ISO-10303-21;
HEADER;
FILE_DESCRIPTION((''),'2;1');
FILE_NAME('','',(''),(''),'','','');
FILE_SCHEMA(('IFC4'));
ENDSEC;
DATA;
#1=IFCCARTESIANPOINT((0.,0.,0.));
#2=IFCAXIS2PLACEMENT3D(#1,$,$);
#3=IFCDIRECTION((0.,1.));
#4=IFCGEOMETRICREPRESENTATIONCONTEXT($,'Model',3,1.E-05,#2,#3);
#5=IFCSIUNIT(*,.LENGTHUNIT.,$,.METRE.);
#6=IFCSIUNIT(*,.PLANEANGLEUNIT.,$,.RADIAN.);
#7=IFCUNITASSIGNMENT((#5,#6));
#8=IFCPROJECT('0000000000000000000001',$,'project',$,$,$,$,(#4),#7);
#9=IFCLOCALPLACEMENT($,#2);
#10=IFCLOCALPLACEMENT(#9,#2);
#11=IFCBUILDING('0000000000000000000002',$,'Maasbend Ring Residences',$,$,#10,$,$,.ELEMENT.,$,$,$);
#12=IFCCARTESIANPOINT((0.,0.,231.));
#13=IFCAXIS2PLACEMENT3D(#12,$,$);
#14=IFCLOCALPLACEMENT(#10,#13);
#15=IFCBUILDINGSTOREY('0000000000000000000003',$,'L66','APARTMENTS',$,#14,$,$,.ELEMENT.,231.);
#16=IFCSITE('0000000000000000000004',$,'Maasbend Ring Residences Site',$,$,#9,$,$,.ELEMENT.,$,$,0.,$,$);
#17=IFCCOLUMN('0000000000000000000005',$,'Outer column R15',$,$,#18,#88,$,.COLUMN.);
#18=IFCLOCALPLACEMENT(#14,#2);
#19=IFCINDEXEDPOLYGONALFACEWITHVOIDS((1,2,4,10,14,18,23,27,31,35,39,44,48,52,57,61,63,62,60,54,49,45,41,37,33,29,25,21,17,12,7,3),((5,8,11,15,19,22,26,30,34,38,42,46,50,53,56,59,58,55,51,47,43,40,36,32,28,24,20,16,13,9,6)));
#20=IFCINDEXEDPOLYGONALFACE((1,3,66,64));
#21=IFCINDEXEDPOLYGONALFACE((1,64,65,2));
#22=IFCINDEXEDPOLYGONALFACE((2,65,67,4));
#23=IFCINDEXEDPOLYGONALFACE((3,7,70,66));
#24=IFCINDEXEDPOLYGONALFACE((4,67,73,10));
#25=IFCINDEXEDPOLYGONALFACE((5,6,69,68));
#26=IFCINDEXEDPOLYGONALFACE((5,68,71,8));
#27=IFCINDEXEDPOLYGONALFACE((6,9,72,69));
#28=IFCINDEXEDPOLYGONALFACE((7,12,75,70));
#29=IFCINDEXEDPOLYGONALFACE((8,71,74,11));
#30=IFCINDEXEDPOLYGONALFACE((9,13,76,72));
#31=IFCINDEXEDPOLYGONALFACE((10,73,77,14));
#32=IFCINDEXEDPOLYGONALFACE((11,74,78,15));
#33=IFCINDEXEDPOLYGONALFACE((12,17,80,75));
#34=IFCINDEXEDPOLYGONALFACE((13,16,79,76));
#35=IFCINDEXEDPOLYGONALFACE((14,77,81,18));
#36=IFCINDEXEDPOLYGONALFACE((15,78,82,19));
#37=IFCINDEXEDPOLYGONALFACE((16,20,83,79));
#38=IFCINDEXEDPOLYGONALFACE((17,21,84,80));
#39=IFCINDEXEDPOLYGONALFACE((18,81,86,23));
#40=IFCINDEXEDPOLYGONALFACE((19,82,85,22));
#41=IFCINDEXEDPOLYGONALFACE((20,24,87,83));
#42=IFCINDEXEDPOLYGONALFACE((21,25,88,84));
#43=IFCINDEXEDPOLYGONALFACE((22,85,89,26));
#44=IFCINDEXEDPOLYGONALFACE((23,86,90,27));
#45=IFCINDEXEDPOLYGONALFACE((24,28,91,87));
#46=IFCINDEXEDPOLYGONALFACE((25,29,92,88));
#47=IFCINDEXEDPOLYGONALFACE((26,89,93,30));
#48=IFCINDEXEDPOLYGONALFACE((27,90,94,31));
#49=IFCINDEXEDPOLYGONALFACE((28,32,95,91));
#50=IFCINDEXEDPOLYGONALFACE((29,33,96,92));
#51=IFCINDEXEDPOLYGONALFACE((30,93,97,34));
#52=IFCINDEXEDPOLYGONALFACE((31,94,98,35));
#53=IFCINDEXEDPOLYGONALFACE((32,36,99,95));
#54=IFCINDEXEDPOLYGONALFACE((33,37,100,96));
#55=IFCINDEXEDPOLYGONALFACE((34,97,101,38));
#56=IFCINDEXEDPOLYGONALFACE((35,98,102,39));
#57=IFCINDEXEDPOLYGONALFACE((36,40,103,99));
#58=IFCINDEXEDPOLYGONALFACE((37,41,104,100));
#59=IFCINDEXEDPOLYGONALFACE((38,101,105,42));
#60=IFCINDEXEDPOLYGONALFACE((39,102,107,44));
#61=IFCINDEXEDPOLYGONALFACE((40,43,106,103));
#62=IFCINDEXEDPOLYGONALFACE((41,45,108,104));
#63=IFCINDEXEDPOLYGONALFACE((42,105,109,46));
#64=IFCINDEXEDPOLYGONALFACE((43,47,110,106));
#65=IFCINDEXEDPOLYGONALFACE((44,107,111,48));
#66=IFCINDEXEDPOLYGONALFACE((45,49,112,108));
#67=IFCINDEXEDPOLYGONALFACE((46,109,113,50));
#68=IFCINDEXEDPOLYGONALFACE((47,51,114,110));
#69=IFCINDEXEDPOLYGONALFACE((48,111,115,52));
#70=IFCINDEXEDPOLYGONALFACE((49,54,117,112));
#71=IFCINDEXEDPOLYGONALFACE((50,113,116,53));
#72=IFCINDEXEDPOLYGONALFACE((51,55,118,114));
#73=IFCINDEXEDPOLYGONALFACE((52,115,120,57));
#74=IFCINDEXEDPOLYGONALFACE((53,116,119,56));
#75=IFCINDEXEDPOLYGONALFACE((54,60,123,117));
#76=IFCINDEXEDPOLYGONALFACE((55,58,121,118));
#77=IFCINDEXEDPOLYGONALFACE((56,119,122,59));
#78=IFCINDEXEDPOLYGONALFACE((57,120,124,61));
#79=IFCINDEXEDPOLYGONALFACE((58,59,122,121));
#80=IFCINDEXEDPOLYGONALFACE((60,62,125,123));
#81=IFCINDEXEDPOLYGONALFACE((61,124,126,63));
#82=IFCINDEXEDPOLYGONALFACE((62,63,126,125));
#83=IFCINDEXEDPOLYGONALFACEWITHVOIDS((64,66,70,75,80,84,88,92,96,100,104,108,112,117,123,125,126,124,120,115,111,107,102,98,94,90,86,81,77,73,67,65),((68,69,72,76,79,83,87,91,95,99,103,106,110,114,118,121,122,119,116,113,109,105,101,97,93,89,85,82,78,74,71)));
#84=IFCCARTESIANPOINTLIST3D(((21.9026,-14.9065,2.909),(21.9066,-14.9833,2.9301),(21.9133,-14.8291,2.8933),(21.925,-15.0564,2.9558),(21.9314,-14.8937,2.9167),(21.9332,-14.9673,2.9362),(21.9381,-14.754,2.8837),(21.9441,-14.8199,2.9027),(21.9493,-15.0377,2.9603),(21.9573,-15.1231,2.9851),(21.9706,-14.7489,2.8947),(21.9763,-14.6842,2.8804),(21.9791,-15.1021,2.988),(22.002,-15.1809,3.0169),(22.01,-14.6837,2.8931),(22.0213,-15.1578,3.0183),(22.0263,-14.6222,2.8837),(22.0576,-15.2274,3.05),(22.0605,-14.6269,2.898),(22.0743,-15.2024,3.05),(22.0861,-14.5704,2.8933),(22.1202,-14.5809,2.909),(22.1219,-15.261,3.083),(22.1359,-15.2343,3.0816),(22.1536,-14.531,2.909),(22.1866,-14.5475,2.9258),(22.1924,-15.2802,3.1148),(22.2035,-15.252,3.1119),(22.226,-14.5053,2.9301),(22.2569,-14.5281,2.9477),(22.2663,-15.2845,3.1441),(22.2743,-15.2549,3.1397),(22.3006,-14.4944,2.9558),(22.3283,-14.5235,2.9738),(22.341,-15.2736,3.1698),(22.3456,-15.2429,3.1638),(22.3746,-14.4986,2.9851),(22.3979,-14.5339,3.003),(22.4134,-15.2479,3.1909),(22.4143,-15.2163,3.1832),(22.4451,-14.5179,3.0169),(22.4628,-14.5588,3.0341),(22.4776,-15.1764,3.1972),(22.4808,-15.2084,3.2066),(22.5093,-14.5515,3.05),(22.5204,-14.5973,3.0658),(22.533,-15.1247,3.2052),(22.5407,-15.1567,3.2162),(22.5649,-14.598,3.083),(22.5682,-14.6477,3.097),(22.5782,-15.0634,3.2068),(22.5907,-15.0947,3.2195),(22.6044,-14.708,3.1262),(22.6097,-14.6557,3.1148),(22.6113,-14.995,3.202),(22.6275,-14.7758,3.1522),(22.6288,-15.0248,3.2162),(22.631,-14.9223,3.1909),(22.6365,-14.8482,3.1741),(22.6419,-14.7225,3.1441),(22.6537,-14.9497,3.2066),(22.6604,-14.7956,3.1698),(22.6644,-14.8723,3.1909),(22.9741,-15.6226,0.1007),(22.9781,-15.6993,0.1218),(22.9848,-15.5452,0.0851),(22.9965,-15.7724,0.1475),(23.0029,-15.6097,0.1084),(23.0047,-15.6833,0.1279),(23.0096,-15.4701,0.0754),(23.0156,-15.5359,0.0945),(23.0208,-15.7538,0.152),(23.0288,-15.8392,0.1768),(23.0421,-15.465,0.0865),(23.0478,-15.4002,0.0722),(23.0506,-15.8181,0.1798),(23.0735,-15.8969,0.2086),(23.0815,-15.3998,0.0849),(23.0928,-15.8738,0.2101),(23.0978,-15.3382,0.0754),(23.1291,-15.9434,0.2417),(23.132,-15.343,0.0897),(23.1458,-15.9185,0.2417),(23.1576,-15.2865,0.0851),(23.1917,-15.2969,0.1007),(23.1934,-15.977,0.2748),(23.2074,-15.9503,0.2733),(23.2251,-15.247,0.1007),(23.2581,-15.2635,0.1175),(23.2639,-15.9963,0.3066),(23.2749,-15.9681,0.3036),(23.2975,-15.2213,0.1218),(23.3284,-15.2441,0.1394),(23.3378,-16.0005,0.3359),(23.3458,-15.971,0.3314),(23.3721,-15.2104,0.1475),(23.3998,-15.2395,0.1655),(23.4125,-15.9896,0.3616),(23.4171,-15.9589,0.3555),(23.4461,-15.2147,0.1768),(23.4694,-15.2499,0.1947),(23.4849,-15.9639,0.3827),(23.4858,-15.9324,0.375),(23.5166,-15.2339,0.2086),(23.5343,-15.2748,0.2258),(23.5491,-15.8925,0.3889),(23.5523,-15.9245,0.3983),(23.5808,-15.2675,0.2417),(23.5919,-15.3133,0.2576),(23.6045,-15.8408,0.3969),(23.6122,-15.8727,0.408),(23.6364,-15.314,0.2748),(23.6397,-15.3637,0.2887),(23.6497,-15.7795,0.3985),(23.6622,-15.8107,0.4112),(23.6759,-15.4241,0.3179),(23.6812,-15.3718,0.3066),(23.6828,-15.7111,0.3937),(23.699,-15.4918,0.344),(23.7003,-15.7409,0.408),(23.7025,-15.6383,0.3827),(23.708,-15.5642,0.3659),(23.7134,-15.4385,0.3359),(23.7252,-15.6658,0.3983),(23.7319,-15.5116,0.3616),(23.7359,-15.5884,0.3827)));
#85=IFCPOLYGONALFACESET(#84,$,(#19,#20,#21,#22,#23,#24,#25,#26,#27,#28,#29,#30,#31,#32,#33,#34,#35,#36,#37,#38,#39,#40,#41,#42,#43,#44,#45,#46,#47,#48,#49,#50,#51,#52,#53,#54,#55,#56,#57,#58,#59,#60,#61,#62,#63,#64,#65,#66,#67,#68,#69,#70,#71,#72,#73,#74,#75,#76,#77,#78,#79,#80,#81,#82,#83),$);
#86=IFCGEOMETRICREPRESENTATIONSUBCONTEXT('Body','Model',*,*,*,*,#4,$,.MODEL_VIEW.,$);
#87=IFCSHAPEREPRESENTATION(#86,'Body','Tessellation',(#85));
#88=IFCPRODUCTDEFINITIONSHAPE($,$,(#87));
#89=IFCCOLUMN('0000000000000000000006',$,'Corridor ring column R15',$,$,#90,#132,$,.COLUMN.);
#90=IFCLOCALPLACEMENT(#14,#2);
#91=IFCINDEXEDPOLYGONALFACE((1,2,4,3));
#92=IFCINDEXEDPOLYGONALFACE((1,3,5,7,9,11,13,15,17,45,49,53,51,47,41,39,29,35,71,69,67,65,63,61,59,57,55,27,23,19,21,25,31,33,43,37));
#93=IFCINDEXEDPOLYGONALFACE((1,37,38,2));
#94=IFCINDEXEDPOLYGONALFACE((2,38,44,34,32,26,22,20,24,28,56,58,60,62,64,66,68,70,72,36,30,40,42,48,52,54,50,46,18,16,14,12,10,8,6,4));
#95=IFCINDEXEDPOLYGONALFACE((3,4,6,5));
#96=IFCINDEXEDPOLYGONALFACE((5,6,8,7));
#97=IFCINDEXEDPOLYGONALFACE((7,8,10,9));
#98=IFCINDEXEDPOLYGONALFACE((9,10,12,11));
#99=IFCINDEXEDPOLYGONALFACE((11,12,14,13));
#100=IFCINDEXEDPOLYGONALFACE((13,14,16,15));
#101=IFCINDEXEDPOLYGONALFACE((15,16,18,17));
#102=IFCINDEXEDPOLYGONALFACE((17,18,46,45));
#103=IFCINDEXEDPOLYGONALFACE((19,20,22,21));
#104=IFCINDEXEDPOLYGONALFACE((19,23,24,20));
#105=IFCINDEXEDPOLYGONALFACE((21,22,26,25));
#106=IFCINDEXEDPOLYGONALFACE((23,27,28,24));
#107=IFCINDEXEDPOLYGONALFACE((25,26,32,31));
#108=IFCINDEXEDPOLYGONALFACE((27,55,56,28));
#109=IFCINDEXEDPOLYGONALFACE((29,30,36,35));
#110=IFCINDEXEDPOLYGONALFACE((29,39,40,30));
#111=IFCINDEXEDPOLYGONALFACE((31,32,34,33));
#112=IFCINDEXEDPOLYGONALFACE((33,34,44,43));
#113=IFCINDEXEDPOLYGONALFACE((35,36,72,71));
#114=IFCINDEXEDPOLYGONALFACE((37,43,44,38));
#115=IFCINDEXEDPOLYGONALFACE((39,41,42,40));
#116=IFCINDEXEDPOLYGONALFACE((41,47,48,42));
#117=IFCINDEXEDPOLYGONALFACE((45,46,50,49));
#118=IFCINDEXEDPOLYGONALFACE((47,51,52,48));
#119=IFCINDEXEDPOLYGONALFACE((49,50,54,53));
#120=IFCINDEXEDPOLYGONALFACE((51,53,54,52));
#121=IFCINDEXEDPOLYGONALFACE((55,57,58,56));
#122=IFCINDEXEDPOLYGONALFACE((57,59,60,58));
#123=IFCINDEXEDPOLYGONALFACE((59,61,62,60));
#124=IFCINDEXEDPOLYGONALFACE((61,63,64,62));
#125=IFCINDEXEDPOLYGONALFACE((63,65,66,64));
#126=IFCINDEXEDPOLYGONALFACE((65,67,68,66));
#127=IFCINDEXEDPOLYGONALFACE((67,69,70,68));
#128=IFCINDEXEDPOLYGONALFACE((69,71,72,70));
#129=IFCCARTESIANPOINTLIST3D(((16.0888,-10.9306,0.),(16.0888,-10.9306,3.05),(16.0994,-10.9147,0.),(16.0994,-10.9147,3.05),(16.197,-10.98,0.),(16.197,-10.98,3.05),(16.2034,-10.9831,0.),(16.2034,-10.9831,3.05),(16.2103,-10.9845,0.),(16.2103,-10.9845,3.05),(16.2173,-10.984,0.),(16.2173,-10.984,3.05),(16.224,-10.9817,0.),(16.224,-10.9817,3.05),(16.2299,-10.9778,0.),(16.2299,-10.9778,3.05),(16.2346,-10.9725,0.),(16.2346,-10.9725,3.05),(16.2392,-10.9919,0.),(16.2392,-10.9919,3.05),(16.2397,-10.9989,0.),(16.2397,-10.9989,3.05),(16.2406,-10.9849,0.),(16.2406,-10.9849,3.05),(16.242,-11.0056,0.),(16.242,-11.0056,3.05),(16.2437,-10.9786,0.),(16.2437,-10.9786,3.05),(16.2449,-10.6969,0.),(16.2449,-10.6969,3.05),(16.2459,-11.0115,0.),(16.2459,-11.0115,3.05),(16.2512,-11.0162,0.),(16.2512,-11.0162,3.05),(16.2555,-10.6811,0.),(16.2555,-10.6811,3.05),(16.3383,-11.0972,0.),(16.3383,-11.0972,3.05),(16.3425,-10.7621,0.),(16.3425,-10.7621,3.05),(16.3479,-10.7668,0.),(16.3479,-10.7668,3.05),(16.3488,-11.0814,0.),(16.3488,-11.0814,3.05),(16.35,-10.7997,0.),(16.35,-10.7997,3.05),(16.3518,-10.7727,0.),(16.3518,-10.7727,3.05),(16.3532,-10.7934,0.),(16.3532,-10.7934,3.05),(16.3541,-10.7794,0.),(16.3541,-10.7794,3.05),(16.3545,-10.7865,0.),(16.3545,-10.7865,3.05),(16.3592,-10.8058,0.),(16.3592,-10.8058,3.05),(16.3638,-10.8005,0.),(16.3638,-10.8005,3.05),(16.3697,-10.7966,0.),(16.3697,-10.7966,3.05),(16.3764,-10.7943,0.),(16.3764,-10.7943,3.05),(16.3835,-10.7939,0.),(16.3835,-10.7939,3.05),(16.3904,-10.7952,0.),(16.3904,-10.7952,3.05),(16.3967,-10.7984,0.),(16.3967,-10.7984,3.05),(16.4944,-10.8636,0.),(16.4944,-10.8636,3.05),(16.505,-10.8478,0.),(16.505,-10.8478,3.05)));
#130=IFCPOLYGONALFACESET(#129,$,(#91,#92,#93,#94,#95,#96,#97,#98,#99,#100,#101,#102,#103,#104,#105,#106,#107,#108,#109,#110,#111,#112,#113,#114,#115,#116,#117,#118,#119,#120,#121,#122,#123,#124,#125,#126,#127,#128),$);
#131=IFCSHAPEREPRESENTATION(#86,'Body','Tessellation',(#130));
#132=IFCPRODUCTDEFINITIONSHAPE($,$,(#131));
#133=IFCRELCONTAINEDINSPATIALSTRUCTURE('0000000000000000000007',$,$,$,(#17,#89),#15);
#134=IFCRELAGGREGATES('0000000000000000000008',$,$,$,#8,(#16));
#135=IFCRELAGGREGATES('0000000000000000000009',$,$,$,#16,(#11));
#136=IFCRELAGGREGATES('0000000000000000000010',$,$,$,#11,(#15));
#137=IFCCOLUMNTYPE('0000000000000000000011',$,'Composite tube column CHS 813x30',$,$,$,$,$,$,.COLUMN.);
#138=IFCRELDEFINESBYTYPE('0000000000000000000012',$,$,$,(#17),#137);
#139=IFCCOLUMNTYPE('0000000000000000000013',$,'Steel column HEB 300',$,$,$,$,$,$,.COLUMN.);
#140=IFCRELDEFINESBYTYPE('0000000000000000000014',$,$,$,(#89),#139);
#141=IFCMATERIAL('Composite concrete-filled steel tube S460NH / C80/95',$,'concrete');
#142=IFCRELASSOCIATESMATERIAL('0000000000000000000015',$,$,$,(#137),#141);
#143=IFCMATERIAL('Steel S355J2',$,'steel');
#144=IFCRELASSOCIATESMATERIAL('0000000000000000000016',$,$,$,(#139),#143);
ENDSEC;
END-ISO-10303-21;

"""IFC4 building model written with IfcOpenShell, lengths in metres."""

from ifc_helpers import new_model, si_unit, direction, frame, origin, origin_2d, place, context, subcontext, project, spatial, hollow_circle, i_section, extrude, material, material_profile, profile_set, type_object, element, save


model = new_model("IFC4")

# Units and contexts
model_context = context("Model", 3, precision=1e-05, world=origin(), true_north=direction((0.0, 1.0)))
body_context = subcontext(model_context, "Body", "Model", "MODEL_VIEW")
ifc_project = project(units=[si_unit("LENGTHUNIT", "METRE"), si_unit("PLANEANGLEUNIT", "RADIAN")], contexts=[model_context])

# Site, building, storey
site_placement = place(None, origin())
site = spatial("IfcSite", under=ifc_project, at=site_placement, Name="Maasbend Ring Residences Site", CompositionType="ELEMENT", RefElevation=0.0)
building_placement = place(site_placement, origin())
building = spatial("IfcBuilding", under=site, at=building_placement, Name="Maasbend Ring Residences", CompositionType="ELEMENT")
storey_placement = place(building_placement, frame((0.0, 0.0, 231.0)))
storey = spatial("IfcBuildingStorey", under=building, at=storey_placement, Name="L66", Description="APARTMENTS", CompositionType="ELEMENT", Elevation=231.0)

# Columns
ifc_material_1 = material(Name="Composite concrete-filled steel tube S460NH / C80/95", Category="concrete")
ifc_material_profile_1 = material_profile(ifc_material_1, hollow_circle(Radius=0.4065, WallThickness=0.03, at=origin_2d()), Name="Composite tube column CHS 813x30")
ifc_profile_set_1 = profile_set([ifc_material_profile_1], Name="Composite concrete-filled steel tube S460NH / C80/95")
column_type_1 = type_object("IfcColumnType", Name="Composite tube column CHS 813x30", PredefinedType="COLUMN", material=ifc_profile_set_1)
column_1_placement = place(storey_placement, frame((23.355, -15.6055, 0.2417), z_axis=(-0.346781, 0.23174, 0.908867), x_axis=(-0.555618, -0.831438, 0.0)))
element("IfcColumn", 1, at=column_1_placement, inside=storey, type_object=column_type_1, Name="Outer column R15", PredefinedType="COLUMN", context=body_context, shape_type="SweptSolid", body=[
    extrude(hollow_circle(Radius=0.4065, WallThickness=0.03, at=origin_2d()), origin(), (0.0, 0.0, 1.0), 3.0898),
])
ifc_material_2 = material(Name="Steel S355J2", Category="steel")
ifc_material_profile_2 = material_profile(ifc_material_2, i_section(OverallWidth=0.3, OverallDepth=0.3, WebThickness=0.011, FlangeThickness=0.019, FilletRadius=0.0271, at=origin_2d()), Name="HEB 300")
ifc_profile_set_2 = profile_set([ifc_material_profile_2], Name="Steel S355J2")
column_type_2 = type_object("IfcColumnType", Name="Steel column HEB 300", PredefinedType="COLUMN", material=ifc_profile_set_2)
column_2_placement = place(storey_placement, frame((16.2969, -10.8892, 0.0), z_axis=(0.0, 0.0, 1.0), x_axis=(0.83147, -0.55557, 0.0)))
element("IfcColumn", 2, at=column_2_placement, inside=storey, type_object=column_type_2, Name="Corridor ring column R15", PredefinedType="COLUMN", context=body_context, shape_type="SweptSolid", body=[
    extrude(i_section(OverallWidth=0.3, OverallDepth=0.3, WebThickness=0.011, FlangeThickness=0.019, FilletRadius=0.0271, at=origin_2d()), origin(), (0.0, 0.0, 1.0), 3.05),
])

save(model, "model.ifc")
